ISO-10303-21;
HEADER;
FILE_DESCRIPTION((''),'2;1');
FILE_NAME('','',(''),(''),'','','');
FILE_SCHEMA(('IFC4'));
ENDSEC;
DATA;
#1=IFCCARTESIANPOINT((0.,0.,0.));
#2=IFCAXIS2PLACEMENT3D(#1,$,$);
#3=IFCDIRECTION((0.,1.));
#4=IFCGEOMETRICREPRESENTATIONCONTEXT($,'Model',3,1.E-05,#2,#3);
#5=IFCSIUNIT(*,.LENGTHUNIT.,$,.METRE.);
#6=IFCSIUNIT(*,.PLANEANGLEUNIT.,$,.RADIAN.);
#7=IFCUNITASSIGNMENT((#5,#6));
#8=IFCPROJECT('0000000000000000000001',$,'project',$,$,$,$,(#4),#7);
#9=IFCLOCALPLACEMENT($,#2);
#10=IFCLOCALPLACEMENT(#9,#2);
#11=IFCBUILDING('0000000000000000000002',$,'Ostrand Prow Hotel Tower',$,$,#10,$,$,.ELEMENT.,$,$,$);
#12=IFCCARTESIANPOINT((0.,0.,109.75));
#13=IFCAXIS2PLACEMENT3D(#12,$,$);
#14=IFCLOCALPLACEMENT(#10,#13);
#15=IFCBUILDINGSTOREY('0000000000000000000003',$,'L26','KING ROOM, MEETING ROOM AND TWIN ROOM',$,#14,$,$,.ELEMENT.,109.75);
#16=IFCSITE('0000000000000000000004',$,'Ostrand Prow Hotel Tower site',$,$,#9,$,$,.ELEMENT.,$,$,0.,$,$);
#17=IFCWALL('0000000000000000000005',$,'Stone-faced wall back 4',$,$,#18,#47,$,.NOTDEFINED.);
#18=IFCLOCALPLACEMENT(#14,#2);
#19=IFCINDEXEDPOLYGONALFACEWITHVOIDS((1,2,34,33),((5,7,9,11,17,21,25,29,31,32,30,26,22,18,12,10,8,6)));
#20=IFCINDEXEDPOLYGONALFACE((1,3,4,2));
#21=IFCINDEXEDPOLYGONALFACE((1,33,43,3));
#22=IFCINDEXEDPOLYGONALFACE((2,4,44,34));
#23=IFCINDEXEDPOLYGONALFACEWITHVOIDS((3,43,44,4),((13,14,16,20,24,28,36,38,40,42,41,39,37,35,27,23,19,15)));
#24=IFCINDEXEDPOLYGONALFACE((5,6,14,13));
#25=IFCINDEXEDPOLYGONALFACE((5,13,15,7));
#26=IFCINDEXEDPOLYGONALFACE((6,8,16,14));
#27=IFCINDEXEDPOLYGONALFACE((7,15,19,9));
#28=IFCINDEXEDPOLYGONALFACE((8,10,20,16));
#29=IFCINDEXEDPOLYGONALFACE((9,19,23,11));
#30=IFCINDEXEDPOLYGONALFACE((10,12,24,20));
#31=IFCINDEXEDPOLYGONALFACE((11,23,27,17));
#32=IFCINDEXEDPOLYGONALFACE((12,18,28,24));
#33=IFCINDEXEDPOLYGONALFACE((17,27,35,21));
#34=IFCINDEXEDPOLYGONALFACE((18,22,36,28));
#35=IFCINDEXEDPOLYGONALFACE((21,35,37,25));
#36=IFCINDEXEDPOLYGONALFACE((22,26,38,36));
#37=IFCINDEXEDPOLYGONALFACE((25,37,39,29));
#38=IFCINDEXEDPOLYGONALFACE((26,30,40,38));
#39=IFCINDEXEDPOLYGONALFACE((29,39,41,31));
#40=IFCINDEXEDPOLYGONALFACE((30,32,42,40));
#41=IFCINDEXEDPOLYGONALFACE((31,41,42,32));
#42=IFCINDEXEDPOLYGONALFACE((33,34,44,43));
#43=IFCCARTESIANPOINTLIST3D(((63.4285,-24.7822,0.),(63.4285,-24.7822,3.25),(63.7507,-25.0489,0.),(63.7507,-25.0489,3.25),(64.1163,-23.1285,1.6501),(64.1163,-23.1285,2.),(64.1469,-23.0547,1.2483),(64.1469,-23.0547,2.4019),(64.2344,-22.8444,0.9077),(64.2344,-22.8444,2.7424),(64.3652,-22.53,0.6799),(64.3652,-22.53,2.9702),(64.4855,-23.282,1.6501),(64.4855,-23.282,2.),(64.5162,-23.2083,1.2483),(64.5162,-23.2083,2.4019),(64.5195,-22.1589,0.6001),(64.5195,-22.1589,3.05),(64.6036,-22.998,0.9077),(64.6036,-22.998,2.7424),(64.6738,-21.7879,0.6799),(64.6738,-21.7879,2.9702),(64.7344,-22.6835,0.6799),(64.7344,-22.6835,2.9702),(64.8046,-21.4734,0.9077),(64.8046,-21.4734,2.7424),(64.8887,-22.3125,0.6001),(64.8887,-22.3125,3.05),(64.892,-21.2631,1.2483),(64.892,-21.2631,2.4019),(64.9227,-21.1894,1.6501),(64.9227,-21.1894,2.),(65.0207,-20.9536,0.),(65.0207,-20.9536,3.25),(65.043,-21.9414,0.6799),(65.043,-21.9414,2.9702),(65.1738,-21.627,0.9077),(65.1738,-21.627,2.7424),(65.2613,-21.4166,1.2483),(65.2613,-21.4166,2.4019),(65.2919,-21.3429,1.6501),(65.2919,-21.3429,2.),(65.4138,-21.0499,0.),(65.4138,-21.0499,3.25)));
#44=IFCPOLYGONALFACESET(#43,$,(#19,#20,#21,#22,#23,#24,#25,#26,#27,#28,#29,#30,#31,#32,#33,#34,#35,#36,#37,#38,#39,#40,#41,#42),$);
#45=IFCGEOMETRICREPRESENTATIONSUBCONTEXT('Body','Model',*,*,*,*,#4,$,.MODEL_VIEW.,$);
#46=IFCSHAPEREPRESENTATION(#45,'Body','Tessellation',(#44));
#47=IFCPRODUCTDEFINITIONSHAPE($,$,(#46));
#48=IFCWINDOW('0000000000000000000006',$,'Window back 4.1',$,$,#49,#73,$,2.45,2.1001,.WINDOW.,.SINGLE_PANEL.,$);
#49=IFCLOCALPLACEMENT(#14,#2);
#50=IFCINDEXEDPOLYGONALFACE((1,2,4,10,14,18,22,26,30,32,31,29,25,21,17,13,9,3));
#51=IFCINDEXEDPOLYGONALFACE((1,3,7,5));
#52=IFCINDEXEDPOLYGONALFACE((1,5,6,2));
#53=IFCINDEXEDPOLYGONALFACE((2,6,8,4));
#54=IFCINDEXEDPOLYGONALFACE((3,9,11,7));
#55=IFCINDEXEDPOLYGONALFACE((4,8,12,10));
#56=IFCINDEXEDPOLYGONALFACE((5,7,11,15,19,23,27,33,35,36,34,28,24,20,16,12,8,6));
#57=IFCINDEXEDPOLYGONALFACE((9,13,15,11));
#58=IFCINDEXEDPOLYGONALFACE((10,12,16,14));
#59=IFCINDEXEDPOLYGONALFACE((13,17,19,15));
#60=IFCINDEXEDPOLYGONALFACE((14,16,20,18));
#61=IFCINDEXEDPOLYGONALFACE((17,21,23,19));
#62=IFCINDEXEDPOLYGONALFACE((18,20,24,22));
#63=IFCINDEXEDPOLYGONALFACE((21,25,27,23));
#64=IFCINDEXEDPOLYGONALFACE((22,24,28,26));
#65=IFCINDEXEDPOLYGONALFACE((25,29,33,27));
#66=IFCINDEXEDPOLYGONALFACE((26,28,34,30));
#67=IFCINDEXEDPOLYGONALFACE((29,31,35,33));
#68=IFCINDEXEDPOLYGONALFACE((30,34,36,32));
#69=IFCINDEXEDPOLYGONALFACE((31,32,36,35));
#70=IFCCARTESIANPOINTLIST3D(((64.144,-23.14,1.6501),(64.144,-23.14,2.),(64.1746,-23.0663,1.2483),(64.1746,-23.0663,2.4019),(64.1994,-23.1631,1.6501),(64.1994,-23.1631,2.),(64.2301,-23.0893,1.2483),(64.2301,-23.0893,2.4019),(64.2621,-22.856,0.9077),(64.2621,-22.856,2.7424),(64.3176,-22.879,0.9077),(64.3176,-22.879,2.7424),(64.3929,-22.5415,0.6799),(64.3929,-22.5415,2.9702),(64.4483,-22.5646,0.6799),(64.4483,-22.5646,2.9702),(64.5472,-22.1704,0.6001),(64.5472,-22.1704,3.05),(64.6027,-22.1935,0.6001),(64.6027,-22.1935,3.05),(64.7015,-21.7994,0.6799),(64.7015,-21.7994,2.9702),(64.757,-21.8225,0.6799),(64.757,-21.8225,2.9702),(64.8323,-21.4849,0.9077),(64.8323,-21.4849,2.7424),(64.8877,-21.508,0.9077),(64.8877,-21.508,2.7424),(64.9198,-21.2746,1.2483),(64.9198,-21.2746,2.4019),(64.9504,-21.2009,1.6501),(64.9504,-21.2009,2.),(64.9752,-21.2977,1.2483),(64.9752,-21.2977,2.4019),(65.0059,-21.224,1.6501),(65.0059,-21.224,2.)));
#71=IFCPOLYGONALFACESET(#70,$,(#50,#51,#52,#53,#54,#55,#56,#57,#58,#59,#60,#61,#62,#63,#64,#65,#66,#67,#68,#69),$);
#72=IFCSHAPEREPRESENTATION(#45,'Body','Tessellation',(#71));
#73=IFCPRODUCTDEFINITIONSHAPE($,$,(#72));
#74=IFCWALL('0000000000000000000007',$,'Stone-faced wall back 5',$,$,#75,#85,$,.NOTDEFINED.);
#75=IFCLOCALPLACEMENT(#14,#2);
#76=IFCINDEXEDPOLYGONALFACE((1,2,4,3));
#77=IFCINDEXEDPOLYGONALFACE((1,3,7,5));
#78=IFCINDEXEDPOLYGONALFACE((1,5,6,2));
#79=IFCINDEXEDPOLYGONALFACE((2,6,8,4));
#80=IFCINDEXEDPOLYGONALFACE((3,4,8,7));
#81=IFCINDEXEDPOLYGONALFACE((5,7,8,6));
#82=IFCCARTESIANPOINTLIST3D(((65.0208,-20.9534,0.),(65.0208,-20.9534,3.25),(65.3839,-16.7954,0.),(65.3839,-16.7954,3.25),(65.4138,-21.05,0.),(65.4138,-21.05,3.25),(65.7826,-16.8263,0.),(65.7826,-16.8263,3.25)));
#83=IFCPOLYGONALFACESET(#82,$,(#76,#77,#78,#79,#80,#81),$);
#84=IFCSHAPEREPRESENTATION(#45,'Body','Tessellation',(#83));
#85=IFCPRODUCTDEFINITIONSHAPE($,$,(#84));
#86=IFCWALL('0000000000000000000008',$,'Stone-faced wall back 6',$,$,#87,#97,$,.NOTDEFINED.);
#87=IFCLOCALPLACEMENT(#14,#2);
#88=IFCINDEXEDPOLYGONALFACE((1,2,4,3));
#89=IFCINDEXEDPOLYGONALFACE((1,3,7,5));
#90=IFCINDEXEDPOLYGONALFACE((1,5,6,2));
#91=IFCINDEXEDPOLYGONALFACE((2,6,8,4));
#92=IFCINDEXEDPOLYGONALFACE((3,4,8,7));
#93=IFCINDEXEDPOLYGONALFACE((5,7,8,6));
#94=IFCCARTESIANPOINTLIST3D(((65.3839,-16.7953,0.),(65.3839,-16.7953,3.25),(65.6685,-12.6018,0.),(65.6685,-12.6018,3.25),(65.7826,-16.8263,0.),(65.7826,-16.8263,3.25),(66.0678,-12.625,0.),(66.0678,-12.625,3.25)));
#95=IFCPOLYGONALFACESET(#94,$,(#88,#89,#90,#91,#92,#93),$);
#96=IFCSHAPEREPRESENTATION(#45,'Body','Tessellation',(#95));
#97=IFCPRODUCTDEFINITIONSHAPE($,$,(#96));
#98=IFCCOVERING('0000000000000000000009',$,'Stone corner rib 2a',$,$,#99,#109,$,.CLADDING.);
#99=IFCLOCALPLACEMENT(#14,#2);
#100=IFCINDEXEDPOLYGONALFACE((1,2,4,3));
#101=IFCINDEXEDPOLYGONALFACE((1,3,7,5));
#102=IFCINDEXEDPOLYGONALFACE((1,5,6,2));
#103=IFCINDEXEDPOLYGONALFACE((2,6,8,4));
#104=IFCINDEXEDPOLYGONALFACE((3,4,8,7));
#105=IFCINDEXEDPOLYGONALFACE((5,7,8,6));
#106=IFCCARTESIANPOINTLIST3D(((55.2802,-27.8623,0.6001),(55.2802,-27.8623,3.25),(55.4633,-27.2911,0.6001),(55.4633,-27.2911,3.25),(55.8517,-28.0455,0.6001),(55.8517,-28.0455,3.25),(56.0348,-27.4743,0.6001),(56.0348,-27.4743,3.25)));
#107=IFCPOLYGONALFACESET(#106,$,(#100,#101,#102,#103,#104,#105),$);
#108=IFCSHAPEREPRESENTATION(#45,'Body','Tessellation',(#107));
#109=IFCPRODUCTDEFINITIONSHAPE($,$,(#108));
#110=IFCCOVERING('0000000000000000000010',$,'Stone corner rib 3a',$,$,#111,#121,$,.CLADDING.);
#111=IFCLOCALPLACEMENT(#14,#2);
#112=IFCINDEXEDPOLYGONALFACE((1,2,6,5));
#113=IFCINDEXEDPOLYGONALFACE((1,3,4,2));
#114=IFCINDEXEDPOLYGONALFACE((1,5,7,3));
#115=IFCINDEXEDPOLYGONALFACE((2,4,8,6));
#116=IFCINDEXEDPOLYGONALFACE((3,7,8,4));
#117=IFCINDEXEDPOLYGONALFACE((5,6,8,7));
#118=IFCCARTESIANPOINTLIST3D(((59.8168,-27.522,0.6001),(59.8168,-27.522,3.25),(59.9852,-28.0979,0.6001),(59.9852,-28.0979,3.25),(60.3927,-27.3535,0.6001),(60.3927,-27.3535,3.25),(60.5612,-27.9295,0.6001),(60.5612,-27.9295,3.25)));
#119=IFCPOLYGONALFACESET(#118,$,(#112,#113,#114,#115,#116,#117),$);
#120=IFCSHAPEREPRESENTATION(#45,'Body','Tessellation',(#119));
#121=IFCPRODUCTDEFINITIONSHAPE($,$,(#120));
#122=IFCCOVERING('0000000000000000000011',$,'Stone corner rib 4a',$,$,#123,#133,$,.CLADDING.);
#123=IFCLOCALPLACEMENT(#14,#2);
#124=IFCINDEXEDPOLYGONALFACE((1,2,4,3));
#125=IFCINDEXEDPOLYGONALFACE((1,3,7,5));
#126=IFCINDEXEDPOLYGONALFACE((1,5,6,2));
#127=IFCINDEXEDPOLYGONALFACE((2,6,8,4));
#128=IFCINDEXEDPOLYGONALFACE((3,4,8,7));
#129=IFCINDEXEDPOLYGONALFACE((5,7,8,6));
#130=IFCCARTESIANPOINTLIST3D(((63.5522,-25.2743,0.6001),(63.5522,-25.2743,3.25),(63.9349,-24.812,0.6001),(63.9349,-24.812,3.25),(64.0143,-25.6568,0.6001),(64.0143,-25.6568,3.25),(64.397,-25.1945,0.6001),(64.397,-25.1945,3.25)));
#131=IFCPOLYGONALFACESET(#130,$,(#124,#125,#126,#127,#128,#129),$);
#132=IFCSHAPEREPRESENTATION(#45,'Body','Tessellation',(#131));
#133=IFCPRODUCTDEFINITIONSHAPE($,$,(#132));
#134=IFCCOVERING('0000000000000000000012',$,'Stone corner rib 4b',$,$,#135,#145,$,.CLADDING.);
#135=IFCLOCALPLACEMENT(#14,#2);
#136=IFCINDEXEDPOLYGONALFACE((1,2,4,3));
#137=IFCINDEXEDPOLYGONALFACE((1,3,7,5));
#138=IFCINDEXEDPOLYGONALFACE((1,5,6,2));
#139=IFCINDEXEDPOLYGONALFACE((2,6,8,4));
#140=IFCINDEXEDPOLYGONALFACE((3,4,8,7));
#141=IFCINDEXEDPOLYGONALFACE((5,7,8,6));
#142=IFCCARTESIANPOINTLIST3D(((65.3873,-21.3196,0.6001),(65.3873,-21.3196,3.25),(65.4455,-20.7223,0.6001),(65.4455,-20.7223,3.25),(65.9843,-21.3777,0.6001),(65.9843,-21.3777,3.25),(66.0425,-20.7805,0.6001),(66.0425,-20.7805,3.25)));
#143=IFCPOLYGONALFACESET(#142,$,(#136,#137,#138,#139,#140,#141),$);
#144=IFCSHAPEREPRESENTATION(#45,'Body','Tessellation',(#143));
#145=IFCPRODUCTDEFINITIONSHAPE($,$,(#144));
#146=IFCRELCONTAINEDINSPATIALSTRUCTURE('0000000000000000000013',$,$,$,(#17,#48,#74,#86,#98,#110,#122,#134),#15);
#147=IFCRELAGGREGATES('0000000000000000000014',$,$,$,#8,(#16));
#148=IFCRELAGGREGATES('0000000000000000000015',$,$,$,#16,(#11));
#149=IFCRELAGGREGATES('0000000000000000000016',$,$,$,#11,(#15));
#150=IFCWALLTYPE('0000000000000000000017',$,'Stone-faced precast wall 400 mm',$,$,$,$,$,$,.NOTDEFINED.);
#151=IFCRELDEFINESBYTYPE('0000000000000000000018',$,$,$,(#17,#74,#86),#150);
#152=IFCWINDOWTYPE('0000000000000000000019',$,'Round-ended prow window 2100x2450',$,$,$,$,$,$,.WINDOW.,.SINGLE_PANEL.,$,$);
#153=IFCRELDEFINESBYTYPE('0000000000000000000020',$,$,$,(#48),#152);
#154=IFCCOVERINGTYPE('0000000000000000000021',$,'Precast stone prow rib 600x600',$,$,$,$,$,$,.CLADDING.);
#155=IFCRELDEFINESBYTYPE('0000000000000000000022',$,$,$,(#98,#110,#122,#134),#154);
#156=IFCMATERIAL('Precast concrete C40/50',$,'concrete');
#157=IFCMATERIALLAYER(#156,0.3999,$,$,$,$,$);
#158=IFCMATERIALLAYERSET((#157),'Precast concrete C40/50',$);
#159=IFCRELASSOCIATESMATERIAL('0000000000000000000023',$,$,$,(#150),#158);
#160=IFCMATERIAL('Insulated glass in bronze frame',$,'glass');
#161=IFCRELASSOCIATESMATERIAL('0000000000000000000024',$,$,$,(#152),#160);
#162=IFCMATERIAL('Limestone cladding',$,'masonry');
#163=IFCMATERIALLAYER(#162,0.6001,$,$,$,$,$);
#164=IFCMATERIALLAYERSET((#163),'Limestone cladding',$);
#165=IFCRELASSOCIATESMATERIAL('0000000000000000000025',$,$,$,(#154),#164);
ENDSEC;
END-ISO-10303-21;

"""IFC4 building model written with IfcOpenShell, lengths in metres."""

from ifc_helpers import new_model, si_unit, direction, frame, frame_2d, origin, place, context, subcontext, project, spatial, polyline, rectangle, outline, extrude, material, layer, layer_set, type_object, element, fill, save


model = new_model("IFC4")

# Units and contexts
model_context = context("Model", 3, precision=1e-05, world=origin(), true_north=direction((0.0, 1.0)))
body_context = subcontext(model_context, "Body", "Model", "MODEL_VIEW")
ifc_project = project(units=[si_unit("LENGTHUNIT", "METRE"), si_unit("PLANEANGLEUNIT", "RADIAN")], contexts=[model_context])

# Site, building, storey
site_placement = place(None, origin())
site = spatial("IfcSite", under=ifc_project, at=site_placement, Name="Ostrand Prow Hotel Tower site", CompositionType="ELEMENT", RefElevation=0.0)
building_placement = place(site_placement, origin())
building = spatial("IfcBuilding", under=site, at=building_placement, Name="Ostrand Prow Hotel Tower", CompositionType="ELEMENT")
storey_placement = place(building_placement, frame((0.0, 0.0, 109.75)))
storey = spatial("IfcBuildingStorey", under=building, at=storey_placement, Name="L26", Description="KING ROOM, MEETING ROOM AND TWIN ROOM", CompositionType="ELEMENT", Elevation=109.75)

# Wall, opening, window
ifc_material_1 = material(Name="Precast concrete C40/50", Category="concrete")
ifc_layer_1 = layer(ifc_material_1, 0.3999)
ifc_layer_set_1 = layer_set([ifc_layer_1], Name="Precast concrete C40/50")
wall_type_1 = type_object("IfcWallType", Name="Stone-faced precast wall 400 mm", PredefinedType="NOTDEFINED", material=ifc_layer_set_1)
wall_1_placement = place(storey_placement, frame((63.5896, -24.9155, 0.0), z_axis=(0.0, 0.0, 1.0), x_axis=(0.383998, 0.923334, 0.0)))
wall_1 = element("IfcWall", 1, at=wall_1_placement, inside=storey, type_object=wall_type_1, Name="Stone-faced wall back 4", PredefinedType="NOTDEFINED", context=body_context, shape_type="SweptSolid", body=[
    extrude(outline(polyline([(-0.0613, -0.2), (4.2698, -0.2), (4.2078, 0.2), (0.0613, 0.2), (-0.0613, -0.2)])), origin(), (0.0, 0.0, 1.0), 3.25),
])
opening_1_placement = place(wall_1_placement, frame((1.8523, 0.0, 0.6001)))
opening_1 = element("IfcOpeningElement", 2, at=opening_1_placement, cuts=wall_1, PredefinedType="OPENING", context=body_context, shape_type="SweptSolid", body=[
    extrude(outline(polyline([(0.0, 1.3999), (0.0798, 1.8018), (0.3076, 2.1423), (0.6482, 2.3701), (1.05, 2.45), (1.4519, 2.3701), (1.7925, 2.1423), (2.0203, 1.8018), (2.1001, 1.3999), (2.1001, 1.05), (2.0203, 0.6482), (1.7925, 0.3076), (1.4519, 0.0798), (1.05, 0.0), (0.6482, 0.0798), (0.3076, 0.3076), (0.0798, 0.6482), (0.0, 1.05), (0.0, 1.3999)])), frame((0.0, 0.21, 0.0), z_axis=(0.0, -1.0, 0.0), x_axis=(1.0, 0.0, 0.0)), (0.0, 0.0, 1.0), 0.4199),
])
ifc_material_2 = material(Name="Insulated glass in bronze frame", Category="glass")
window_type_1 = type_object("IfcWindowType", Name="Round-ended prow window 2100x2450", PartitioningType="SINGLE_PANEL", PredefinedType="WINDOW", material=ifc_material_2)
window_1_placement = place(opening_1_placement, origin())
window_1 = element("IfcWindow", 3, at=window_1_placement, inside=storey, type_object=window_type_1, Name="Window back 4.1", OverallHeight=2.45, OverallWidth=2.1001, PartitioningType="SINGLE_PANEL", PredefinedType="WINDOW", context=body_context, shape_type="SweptSolid", body=[
    extrude(outline(polyline([(0.0, 1.3999), (0.0798, 1.8018), (0.3076, 2.1423), (0.6482, 2.3701), (1.05, 2.45), (1.4519, 2.3701), (1.7925, 2.1423), (2.0203, 1.8018), (2.1001, 1.3999), (2.1001, 1.05), (2.0203, 0.6482), (1.7925, 0.3076), (1.4519, 0.0798), (1.05, 0.0), (0.6482, 0.0798), (0.3076, 0.3076), (0.0798, 0.6482), (0.0, 1.05), (0.0, 1.3999)])), frame((0.0, 0.1699, 0.0), z_axis=(0.0, -1.0, 0.0), x_axis=(1.0, 0.0, 0.0)), (0.0, 0.0, 1.0), 0.0601),
])
fill(opening_1, window_1)

# Walls
wall_2_placement = place(storey_placement, frame((65.2173, -21.0017, 0.0), z_axis=(0.0, 0.0, 1.0), x_axis=(0.086993, 0.996209, 0.0)))
element("IfcWall", 4, at=wall_2_placement, inside=storey, type_object=wall_type_1, Name="Stone-faced wall back 5", PredefinedType="NOTDEFINED", context=body_context, shape_type="SweptSolid", body=[
    extrude(outline(polyline([(-0.031, -0.2), (4.2087, -0.2), (4.2048, 0.2), (0.031, 0.2), (-0.031, -0.2)])), origin(), (0.0, 0.0, 1.0), 3.25),
])
wall_3_placement = place(storey_placement, frame((65.5833, -16.8108, 0.0), z_axis=(0.0, 0.0, 1.0), x_axis=(0.067725, 0.997704, 0.0)))
element("IfcWall", 5, at=wall_3_placement, inside=storey, type_object=wall_type_1, Name="Stone-faced wall back 6", PredefinedType="NOTDEFINED", context=body_context, shape_type="SweptSolid", body=[
    extrude(outline(polyline([(-0.002, -0.2), (4.209, -0.2), (4.2051, 0.2), (0.002, 0.2), (-0.002, -0.2)])), origin(), (0.0, 0.0, 1.0), 3.25),
])

# Coverings
ifc_material_3 = material(Name="Limestone cladding", Category="masonry")
ifc_layer_2 = layer(ifc_material_3, 0.6001)
ifc_layer_set_2 = layer_set([ifc_layer_2], Name="Limestone cladding")
covering_type = type_object("IfcCoveringType", Name="Precast stone prow rib 600x600", PredefinedType="CLADDING", material=ifc_layer_set_2)
covering_1_placement = place(storey_placement, frame((55.749, -27.3828, 0.6001), z_axis=(0.0, 0.0, 1.0), x_axis=(-0.305219, -0.952282, 0.0)))
element("IfcCovering", 6, at=covering_1_placement, inside=storey, type_object=covering_type, Name="Stone corner rib 2a", PredefinedType="CLADDING", context=body_context, shape_type="SweptSolid", body=[
    extrude(rectangle(XDim=0.5999, YDim=0.6001, at=frame_2d((0.2998, 0.0))), origin(), (0.0, 0.0, 1.0), 2.6499),
])
covering_2_placement = place(storey_placement, frame((60.1047, -27.4377, 0.6001), z_axis=(0.0, 0.0, 1.0), x_axis=(0.280734, -0.959786, 0.0)))
element("IfcCovering", 7, at=covering_2_placement, inside=storey, type_object=covering_type, Name="Stone corner rib 3a", PredefinedType="CLADDING", context=body_context, shape_type="SweptSolid", body=[
    extrude(rectangle(XDim=0.6001, YDim=0.6001, at=frame_2d((0.3, 0.0))), origin(), (0.0, 0.0, 1.0), 2.6499),
])
for number, where, z_axis, x_axis, name in (
    (8, (63.7437, -25.0432, 0.6001), (0.0, 0.0, 1.0), (0.770319, -0.637659, 0.0), "Stone corner rib 4a"),
    (9, (65.4165, -21.021, 0.6001), (0.0, 0.0, 1.0), (0.995296, -0.096884, 0.0), "Stone corner rib 4b"),
):
    element("IfcCovering", number, at=place(storey_placement, frame(where, z_axis=z_axis, x_axis=x_axis)), inside=storey, type_object=covering_type, Name=name, PredefinedType="CLADDING", context=body_context, shape_type="SweptSolid", body=[
        extrude(rectangle(XDim=0.5999, YDim=0.6001, at=frame_2d((0.2998, 0.0))), origin(), (0.0, 0.0, 1.0), 2.6499),
    ])

save(model, "model.ifc")
